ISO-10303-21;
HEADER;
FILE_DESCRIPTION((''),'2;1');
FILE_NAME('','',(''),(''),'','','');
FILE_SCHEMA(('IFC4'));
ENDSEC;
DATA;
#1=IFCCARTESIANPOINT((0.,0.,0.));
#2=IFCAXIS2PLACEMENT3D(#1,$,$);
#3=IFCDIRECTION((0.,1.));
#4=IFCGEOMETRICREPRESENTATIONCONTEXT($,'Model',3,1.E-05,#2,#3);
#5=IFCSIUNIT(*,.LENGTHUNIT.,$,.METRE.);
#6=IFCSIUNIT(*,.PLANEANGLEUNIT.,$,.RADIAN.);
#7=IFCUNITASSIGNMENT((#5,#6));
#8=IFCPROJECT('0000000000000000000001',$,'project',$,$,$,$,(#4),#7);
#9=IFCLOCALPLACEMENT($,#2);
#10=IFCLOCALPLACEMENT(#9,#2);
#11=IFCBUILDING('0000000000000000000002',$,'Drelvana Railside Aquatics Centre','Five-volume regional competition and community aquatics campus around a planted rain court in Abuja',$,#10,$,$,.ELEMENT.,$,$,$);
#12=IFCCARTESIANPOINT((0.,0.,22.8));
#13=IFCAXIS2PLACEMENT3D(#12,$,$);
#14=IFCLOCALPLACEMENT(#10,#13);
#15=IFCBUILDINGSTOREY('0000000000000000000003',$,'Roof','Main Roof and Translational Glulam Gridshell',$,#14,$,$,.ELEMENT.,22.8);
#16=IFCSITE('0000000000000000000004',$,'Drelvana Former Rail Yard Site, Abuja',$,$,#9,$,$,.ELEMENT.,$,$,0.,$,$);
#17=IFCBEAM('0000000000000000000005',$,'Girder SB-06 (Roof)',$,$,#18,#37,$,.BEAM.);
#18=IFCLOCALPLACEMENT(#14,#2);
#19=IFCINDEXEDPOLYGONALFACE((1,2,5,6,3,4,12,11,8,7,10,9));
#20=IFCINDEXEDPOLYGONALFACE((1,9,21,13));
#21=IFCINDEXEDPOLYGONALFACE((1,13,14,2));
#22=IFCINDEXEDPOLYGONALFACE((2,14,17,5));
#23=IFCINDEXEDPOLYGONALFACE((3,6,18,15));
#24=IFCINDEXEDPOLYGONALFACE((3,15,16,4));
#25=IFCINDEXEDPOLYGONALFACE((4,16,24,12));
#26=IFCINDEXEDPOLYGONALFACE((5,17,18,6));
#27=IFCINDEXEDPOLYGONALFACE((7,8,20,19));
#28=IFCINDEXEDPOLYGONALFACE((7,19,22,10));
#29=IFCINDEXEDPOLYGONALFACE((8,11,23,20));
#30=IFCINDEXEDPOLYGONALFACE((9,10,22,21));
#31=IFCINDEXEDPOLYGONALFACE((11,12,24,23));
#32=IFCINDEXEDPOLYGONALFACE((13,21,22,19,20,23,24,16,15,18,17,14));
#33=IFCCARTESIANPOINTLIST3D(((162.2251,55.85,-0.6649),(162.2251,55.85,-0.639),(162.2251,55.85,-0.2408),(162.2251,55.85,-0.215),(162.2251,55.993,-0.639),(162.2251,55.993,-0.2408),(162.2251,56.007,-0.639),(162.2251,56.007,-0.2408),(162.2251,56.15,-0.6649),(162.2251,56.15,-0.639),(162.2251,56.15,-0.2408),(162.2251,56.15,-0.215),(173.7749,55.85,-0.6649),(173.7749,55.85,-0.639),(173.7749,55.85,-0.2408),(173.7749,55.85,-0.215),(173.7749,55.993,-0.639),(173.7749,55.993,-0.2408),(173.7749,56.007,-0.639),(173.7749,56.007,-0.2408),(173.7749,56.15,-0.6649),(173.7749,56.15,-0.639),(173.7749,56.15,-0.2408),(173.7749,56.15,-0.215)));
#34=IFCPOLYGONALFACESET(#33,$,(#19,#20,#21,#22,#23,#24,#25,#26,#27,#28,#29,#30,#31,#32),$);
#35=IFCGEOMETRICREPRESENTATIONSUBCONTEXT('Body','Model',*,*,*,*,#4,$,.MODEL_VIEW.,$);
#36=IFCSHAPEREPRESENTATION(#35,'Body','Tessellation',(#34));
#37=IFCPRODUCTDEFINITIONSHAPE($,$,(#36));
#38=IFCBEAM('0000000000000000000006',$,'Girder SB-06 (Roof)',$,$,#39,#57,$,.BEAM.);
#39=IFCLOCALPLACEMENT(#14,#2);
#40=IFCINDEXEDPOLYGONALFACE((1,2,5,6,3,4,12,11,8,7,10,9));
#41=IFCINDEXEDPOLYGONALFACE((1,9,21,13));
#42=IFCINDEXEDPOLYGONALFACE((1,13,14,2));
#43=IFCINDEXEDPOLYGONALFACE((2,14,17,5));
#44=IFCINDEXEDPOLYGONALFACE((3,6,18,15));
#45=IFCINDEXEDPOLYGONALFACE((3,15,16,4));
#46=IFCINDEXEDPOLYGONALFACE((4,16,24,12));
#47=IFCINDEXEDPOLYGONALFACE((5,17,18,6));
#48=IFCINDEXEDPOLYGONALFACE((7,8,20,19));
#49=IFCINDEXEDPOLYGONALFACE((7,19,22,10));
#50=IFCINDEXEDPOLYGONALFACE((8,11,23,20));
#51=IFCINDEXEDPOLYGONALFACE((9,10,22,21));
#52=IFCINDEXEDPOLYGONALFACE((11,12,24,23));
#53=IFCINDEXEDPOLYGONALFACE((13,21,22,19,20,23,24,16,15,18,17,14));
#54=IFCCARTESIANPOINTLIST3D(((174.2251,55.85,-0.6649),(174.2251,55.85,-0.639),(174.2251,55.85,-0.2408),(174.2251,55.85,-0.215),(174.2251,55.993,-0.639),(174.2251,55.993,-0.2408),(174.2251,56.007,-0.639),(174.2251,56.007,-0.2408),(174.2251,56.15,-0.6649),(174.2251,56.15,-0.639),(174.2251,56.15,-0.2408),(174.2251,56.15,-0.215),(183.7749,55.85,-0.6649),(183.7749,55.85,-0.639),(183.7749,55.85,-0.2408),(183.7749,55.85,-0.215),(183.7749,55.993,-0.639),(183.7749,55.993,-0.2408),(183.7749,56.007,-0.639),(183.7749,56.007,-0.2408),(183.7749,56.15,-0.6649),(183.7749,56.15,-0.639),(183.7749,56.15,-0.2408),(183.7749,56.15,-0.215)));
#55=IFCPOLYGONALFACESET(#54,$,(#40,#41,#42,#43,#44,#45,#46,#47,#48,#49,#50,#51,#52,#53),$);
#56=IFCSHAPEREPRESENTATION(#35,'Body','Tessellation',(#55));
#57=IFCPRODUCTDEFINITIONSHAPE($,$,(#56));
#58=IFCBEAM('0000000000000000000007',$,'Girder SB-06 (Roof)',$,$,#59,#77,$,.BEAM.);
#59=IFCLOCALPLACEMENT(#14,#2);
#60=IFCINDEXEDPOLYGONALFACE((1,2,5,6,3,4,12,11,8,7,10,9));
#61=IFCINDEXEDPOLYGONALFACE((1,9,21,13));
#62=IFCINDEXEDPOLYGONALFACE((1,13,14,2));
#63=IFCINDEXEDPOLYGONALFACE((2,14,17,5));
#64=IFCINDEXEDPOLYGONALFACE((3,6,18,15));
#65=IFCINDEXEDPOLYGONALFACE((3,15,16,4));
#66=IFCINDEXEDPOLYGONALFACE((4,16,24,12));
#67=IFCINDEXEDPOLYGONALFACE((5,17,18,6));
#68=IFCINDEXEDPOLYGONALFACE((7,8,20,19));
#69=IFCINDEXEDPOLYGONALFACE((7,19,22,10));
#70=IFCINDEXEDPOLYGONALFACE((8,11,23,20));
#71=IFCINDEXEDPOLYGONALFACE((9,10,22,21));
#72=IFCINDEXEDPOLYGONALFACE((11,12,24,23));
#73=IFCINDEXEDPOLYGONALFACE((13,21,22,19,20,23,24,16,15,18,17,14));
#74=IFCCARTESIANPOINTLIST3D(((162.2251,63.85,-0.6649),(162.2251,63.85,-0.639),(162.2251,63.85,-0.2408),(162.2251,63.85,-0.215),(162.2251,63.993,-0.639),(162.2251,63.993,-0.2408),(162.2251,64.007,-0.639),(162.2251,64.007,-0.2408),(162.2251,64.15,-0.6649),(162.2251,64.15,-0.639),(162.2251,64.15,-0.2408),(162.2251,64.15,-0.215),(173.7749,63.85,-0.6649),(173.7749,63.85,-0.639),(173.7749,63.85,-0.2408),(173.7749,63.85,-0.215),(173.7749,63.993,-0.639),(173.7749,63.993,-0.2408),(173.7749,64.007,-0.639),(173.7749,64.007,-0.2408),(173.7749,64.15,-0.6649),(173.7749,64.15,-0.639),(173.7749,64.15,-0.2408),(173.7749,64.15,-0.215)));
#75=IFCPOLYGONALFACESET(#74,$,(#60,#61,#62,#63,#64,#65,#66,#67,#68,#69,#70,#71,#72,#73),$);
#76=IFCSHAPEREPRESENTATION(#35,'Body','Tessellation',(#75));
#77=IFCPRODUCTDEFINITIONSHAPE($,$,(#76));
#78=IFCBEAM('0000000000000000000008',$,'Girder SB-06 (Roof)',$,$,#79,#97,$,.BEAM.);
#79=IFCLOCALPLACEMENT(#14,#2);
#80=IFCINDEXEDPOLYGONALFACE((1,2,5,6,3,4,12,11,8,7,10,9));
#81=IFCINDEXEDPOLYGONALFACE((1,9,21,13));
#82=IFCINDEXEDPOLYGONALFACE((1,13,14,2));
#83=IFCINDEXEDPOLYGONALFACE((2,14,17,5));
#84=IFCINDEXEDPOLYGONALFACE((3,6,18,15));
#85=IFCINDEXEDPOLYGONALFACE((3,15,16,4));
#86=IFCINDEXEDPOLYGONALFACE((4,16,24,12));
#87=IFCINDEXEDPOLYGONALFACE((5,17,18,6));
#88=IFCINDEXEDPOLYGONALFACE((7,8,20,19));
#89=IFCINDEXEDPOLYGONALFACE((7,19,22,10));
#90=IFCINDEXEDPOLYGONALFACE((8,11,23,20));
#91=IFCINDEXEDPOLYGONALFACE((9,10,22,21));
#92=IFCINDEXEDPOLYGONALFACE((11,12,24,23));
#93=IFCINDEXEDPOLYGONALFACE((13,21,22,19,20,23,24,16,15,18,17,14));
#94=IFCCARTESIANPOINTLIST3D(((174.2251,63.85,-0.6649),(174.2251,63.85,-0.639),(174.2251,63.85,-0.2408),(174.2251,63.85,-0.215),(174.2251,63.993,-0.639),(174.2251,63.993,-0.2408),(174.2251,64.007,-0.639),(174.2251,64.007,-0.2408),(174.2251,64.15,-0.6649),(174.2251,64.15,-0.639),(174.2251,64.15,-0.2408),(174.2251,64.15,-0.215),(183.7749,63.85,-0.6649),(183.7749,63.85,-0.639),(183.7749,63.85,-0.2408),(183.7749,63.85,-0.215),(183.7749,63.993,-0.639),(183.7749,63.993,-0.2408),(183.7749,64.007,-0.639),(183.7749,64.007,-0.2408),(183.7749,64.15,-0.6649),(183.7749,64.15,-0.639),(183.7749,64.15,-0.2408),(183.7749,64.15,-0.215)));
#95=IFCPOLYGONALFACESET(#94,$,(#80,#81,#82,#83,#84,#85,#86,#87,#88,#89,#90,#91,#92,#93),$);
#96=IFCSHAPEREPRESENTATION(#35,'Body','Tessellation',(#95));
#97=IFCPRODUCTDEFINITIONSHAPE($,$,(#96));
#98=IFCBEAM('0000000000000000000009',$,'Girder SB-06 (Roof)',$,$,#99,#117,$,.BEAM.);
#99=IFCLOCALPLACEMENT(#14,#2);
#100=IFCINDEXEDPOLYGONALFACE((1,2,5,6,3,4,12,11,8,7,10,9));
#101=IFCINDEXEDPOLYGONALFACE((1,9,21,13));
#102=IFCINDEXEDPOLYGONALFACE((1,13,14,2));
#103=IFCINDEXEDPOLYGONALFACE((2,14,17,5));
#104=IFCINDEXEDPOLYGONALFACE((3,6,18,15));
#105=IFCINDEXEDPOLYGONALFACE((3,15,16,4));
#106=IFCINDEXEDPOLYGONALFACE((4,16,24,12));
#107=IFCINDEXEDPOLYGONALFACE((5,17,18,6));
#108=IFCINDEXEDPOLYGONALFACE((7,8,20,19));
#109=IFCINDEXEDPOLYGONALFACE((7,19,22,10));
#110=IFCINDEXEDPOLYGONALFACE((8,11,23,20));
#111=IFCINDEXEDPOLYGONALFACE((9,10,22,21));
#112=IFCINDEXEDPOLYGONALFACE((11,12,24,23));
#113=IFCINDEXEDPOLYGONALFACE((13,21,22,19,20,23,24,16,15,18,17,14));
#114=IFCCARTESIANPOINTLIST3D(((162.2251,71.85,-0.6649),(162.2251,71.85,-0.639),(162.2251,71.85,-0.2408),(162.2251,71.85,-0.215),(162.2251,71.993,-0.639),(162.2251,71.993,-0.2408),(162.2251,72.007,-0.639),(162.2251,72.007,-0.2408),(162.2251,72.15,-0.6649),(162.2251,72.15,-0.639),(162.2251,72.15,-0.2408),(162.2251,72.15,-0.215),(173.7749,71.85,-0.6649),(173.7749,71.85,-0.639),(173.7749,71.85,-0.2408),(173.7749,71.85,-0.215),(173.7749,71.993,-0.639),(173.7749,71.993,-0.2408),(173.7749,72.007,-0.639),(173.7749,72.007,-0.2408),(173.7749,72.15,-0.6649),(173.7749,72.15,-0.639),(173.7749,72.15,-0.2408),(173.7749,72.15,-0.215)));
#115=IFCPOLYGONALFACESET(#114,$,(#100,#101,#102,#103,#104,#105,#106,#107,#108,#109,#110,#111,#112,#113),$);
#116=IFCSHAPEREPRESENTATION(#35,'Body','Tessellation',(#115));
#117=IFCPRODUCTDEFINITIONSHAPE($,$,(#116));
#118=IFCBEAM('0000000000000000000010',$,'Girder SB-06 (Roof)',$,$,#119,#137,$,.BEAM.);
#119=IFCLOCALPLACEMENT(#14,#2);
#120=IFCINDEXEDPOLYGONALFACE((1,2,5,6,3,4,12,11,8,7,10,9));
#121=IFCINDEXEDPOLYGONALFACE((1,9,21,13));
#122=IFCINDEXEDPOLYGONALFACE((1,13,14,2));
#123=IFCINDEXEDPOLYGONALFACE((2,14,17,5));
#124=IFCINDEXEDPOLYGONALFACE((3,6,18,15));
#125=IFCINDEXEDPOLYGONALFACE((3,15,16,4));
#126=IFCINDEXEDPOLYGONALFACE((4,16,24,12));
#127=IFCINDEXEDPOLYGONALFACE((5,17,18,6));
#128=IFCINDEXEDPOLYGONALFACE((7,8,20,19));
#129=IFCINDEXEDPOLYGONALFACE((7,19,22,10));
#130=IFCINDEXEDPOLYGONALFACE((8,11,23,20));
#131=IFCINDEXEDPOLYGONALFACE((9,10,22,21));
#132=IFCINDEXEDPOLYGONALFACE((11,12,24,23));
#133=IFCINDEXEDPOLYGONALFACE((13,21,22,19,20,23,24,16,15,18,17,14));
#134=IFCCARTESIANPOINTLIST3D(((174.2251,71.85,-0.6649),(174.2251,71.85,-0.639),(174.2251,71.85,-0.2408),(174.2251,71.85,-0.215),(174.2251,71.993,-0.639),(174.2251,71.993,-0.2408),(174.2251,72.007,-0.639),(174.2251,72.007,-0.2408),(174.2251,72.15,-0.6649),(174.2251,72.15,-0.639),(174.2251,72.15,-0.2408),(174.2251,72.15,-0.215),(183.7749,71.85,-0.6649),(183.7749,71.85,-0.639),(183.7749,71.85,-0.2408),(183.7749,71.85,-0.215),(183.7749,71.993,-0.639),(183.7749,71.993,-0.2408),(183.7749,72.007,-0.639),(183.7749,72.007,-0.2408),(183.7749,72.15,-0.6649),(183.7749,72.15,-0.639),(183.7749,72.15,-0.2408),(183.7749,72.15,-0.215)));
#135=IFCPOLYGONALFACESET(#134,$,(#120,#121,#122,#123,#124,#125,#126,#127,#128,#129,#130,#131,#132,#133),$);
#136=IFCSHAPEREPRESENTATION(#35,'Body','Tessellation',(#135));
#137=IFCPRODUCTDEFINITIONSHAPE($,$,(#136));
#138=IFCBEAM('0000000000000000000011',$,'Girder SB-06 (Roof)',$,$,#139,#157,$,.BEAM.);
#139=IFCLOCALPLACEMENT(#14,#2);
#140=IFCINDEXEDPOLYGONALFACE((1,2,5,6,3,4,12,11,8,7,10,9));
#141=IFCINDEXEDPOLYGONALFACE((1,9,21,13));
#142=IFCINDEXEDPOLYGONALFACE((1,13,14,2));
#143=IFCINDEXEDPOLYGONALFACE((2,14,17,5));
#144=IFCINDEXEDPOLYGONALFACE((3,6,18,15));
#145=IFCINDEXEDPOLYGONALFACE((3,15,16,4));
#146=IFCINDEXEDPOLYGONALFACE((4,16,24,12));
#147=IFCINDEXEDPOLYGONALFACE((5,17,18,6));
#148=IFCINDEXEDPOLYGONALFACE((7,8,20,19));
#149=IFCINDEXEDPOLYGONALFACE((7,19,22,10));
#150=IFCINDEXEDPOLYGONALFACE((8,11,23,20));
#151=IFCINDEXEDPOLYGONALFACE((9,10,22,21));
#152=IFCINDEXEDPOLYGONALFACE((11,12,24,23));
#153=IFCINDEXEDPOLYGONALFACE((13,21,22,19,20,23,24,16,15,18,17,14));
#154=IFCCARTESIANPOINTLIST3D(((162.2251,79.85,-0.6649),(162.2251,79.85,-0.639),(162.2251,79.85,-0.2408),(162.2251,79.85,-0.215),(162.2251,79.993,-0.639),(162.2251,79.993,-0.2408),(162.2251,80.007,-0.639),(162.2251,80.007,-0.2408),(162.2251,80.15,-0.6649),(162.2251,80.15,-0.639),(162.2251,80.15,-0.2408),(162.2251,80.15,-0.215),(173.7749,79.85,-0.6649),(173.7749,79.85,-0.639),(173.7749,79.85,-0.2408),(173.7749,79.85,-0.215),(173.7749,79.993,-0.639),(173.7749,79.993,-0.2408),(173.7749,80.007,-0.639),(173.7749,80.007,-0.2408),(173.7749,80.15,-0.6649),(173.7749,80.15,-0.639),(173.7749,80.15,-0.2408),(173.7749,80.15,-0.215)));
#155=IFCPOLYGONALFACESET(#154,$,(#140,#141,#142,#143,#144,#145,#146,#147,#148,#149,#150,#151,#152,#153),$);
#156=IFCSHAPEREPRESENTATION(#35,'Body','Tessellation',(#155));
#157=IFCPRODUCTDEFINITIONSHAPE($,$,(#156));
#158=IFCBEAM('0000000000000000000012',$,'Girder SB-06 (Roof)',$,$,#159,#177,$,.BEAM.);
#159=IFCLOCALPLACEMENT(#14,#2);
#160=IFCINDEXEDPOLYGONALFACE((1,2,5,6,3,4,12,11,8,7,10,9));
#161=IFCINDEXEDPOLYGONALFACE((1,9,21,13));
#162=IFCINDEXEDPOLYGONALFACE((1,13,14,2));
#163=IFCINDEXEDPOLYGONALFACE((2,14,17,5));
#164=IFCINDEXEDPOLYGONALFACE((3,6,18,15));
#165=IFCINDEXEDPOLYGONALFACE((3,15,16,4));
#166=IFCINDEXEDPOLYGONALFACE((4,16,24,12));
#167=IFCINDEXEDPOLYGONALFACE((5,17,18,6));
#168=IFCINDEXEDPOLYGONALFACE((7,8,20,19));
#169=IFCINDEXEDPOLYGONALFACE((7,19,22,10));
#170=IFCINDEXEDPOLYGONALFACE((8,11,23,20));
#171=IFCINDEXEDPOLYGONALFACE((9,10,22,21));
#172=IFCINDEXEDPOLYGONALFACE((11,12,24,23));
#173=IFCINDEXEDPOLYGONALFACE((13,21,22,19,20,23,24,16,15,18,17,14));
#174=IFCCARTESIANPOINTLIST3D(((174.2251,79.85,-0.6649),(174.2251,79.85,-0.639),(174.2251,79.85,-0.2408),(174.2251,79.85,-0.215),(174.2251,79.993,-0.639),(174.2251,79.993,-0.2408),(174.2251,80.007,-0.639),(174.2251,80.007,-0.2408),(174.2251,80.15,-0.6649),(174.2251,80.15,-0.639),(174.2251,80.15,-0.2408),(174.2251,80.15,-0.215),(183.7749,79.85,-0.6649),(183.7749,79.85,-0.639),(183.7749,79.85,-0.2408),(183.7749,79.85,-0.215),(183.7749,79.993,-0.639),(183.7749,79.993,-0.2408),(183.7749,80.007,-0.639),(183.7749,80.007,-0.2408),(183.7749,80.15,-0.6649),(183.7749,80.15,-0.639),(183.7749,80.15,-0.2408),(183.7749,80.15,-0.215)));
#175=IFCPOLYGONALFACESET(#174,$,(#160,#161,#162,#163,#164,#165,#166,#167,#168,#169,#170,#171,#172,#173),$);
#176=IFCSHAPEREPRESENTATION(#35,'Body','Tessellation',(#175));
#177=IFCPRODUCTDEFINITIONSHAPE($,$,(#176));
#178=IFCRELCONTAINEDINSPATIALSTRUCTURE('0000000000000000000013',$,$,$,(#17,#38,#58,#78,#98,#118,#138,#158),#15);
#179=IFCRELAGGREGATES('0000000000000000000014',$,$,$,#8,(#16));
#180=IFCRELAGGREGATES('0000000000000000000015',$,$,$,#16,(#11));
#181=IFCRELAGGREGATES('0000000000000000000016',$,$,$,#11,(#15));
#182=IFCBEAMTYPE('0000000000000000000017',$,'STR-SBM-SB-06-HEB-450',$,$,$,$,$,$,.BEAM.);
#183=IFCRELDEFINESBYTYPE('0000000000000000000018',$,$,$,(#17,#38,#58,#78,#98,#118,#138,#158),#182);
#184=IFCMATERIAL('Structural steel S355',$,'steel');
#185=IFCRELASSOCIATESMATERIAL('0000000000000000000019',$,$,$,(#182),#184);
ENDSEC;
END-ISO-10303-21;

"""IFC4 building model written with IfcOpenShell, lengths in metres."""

from ifc_helpers import new_model, si_unit, direction, frame, origin, origin_2d, place, context, subcontext, project, spatial, i_section, extrude, material, material_profile, profile_set, type_object, element, save


model = new_model("IFC4")

# Units and contexts
model_context = context("Model", 3, precision=1e-05, world=origin(), true_north=direction((0.0, 1.0)))
body_context = subcontext(model_context, "Body", "Model", "MODEL_VIEW")
ifc_project = project(units=[si_unit("LENGTHUNIT", "METRE"), si_unit("PLANEANGLEUNIT", "RADIAN")], contexts=[model_context])

# Site, building, storey
site_placement = place(None, origin())
site = spatial("IfcSite", under=ifc_project, at=site_placement, Name="Drelvana Former Rail Yard Site, Abuja", CompositionType="ELEMENT", RefElevation=0.0)
building_placement = place(site_placement, origin())
building = spatial("IfcBuilding", under=site, at=building_placement, Name="Drelvana Railside Aquatics Centre", Description="Five-volume regional competition and community aquatics campus around a planted rain court in Abuja", CompositionType="ELEMENT")
storey_placement = place(building_placement, frame((0.0, 0.0, 22.8)))
storey = spatial("IfcBuildingStorey", under=building, at=storey_placement, Name="Roof", Description="Main Roof and Translational Glulam Gridshell", CompositionType="ELEMENT", Elevation=22.8)

# Beams
ifc_material = material(Name="Structural steel S355", Category="steel")
ifc_material_profile_1 = material_profile(ifc_material, i_section(OverallWidth=0.3, OverallDepth=0.45, WebThickness=0.0139, FlangeThickness=0.0259, at=origin_2d()), Name="HEB 450")
ifc_profile_set_1 = profile_set([ifc_material_profile_1], Name="Structural steel S355")
beam_type_1 = type_object("IfcBeamType", Name="STR-SBM-SB-06-HEB-450", PredefinedType="BEAM", material=ifc_profile_set_1)
beam_1_placement = place(storey_placement, frame((162.2251, 56.0, -0.4399), z_axis=(1.0, 0.0, 0.0), x_axis=(0.0, 1.0, 0.0)))
element("IfcBeam", 1, at=beam_1_placement, inside=storey, type_object=beam_type_1, Name="Girder SB-06 (Roof)", PredefinedType="BEAM", context=body_context, shape_type="SweptSolid", body=[
    extrude(i_section(OverallWidth=0.3, OverallDepth=0.45, WebThickness=0.0139, FlangeThickness=0.0259, at=origin_2d()), origin(), (0.0, 0.0, 1.0), 11.5498),
])
beam_2_placement = place(storey_placement, frame((174.2251, 56.0, -0.4399), z_axis=(1.0, 0.0, 0.0), x_axis=(0.0, 1.0, 0.0)))
element("IfcBeam", 2, at=beam_2_placement, inside=storey, type_object=beam_type_1, Name="Girder SB-06 (Roof)", PredefinedType="BEAM", context=body_context, shape_type="SweptSolid", body=[
    extrude(i_section(OverallWidth=0.3, OverallDepth=0.45, WebThickness=0.0139, FlangeThickness=0.0259, at=origin_2d()), origin(), (0.0, 0.0, 1.0), 9.5498),
])
beam_3_placement = place(storey_placement, frame((162.2251, 64.0, -0.4399), z_axis=(1.0, 0.0, 0.0), x_axis=(0.0, 1.0, 0.0)))
element("IfcBeam", 3, at=beam_3_placement, inside=storey, type_object=beam_type_1, Name="Girder SB-06 (Roof)", PredefinedType="BEAM", context=body_context, shape_type="SweptSolid", body=[
    extrude(i_section(OverallWidth=0.3, OverallDepth=0.45, WebThickness=0.0139, FlangeThickness=0.0259, at=origin_2d()), origin(), (0.0, 0.0, 1.0), 11.5498),
])
beam_4_placement = place(storey_placement, frame((174.2251, 64.0, -0.4399), z_axis=(1.0, 0.0, 0.0), x_axis=(0.0, 1.0, 0.0)))
element("IfcBeam", 4, at=beam_4_placement, inside=storey, type_object=beam_type_1, Name="Girder SB-06 (Roof)", PredefinedType="BEAM", context=body_context, shape_type="SweptSolid", body=[
    extrude(i_section(OverallWidth=0.3, OverallDepth=0.45, WebThickness=0.0139, FlangeThickness=0.0259, at=origin_2d()), origin(), (0.0, 0.0, 1.0), 9.5498),
])
beam_5_placement = place(storey_placement, frame((162.2251, 72.0, -0.4399), z_axis=(1.0, 0.0, 0.0), x_axis=(0.0, 1.0, 0.0)))
element("IfcBeam", 5, at=beam_5_placement, inside=storey, type_object=beam_type_1, Name="Girder SB-06 (Roof)", PredefinedType="BEAM", context=body_context, shape_type="SweptSolid", body=[
    extrude(i_section(OverallWidth=0.3, OverallDepth=0.45, WebThickness=0.0139, FlangeThickness=0.0259, at=origin_2d()), origin(), (0.0, 0.0, 1.0), 11.5498),
])
beam_6_placement = place(storey_placement, frame((174.2251, 72.0, -0.4399), z_axis=(1.0, 0.0, 0.0), x_axis=(0.0, 1.0, 0.0)))
element("IfcBeam", 6, at=beam_6_placement, inside=storey, type_object=beam_type_1, Name="Girder SB-06 (Roof)", PredefinedType="BEAM", context=body_context, shape_type="SweptSolid", body=[
    extrude(i_section(OverallWidth=0.3, OverallDepth=0.45, WebThickness=0.0139, FlangeThickness=0.0259, at=origin_2d()), origin(), (0.0, 0.0, 1.0), 9.5498),
])
beam_7_placement = place(storey_placement, frame((162.2251, 80.0, -0.4399), z_axis=(1.0, 0.0, 0.0), x_axis=(0.0, 1.0, 0.0)))
element("IfcBeam", 7, at=beam_7_placement, inside=storey, type_object=beam_type_1, Name="Girder SB-06 (Roof)", PredefinedType="BEAM", context=body_context, shape_type="SweptSolid", body=[
    extrude(i_section(OverallWidth=0.3, OverallDepth=0.45, WebThickness=0.0139, FlangeThickness=0.0259, at=origin_2d()), origin(), (0.0, 0.0, 1.0), 11.5498),
])
beam_8_placement = place(storey_placement, frame((174.2251, 80.0, -0.4399), z_axis=(1.0, 0.0, 0.0), x_axis=(0.0, 1.0, 0.0)))
element("IfcBeam", 8, at=beam_8_placement, inside=storey, type_object=beam_type_1, Name="Girder SB-06 (Roof)", PredefinedType="BEAM", context=body_context, shape_type="SweptSolid", body=[
    extrude(i_section(OverallWidth=0.3, OverallDepth=0.45, WebThickness=0.0139, FlangeThickness=0.0259, at=origin_2d()), origin(), (0.0, 0.0, 1.0), 9.5498),
])

save(model, "model.ifc")
